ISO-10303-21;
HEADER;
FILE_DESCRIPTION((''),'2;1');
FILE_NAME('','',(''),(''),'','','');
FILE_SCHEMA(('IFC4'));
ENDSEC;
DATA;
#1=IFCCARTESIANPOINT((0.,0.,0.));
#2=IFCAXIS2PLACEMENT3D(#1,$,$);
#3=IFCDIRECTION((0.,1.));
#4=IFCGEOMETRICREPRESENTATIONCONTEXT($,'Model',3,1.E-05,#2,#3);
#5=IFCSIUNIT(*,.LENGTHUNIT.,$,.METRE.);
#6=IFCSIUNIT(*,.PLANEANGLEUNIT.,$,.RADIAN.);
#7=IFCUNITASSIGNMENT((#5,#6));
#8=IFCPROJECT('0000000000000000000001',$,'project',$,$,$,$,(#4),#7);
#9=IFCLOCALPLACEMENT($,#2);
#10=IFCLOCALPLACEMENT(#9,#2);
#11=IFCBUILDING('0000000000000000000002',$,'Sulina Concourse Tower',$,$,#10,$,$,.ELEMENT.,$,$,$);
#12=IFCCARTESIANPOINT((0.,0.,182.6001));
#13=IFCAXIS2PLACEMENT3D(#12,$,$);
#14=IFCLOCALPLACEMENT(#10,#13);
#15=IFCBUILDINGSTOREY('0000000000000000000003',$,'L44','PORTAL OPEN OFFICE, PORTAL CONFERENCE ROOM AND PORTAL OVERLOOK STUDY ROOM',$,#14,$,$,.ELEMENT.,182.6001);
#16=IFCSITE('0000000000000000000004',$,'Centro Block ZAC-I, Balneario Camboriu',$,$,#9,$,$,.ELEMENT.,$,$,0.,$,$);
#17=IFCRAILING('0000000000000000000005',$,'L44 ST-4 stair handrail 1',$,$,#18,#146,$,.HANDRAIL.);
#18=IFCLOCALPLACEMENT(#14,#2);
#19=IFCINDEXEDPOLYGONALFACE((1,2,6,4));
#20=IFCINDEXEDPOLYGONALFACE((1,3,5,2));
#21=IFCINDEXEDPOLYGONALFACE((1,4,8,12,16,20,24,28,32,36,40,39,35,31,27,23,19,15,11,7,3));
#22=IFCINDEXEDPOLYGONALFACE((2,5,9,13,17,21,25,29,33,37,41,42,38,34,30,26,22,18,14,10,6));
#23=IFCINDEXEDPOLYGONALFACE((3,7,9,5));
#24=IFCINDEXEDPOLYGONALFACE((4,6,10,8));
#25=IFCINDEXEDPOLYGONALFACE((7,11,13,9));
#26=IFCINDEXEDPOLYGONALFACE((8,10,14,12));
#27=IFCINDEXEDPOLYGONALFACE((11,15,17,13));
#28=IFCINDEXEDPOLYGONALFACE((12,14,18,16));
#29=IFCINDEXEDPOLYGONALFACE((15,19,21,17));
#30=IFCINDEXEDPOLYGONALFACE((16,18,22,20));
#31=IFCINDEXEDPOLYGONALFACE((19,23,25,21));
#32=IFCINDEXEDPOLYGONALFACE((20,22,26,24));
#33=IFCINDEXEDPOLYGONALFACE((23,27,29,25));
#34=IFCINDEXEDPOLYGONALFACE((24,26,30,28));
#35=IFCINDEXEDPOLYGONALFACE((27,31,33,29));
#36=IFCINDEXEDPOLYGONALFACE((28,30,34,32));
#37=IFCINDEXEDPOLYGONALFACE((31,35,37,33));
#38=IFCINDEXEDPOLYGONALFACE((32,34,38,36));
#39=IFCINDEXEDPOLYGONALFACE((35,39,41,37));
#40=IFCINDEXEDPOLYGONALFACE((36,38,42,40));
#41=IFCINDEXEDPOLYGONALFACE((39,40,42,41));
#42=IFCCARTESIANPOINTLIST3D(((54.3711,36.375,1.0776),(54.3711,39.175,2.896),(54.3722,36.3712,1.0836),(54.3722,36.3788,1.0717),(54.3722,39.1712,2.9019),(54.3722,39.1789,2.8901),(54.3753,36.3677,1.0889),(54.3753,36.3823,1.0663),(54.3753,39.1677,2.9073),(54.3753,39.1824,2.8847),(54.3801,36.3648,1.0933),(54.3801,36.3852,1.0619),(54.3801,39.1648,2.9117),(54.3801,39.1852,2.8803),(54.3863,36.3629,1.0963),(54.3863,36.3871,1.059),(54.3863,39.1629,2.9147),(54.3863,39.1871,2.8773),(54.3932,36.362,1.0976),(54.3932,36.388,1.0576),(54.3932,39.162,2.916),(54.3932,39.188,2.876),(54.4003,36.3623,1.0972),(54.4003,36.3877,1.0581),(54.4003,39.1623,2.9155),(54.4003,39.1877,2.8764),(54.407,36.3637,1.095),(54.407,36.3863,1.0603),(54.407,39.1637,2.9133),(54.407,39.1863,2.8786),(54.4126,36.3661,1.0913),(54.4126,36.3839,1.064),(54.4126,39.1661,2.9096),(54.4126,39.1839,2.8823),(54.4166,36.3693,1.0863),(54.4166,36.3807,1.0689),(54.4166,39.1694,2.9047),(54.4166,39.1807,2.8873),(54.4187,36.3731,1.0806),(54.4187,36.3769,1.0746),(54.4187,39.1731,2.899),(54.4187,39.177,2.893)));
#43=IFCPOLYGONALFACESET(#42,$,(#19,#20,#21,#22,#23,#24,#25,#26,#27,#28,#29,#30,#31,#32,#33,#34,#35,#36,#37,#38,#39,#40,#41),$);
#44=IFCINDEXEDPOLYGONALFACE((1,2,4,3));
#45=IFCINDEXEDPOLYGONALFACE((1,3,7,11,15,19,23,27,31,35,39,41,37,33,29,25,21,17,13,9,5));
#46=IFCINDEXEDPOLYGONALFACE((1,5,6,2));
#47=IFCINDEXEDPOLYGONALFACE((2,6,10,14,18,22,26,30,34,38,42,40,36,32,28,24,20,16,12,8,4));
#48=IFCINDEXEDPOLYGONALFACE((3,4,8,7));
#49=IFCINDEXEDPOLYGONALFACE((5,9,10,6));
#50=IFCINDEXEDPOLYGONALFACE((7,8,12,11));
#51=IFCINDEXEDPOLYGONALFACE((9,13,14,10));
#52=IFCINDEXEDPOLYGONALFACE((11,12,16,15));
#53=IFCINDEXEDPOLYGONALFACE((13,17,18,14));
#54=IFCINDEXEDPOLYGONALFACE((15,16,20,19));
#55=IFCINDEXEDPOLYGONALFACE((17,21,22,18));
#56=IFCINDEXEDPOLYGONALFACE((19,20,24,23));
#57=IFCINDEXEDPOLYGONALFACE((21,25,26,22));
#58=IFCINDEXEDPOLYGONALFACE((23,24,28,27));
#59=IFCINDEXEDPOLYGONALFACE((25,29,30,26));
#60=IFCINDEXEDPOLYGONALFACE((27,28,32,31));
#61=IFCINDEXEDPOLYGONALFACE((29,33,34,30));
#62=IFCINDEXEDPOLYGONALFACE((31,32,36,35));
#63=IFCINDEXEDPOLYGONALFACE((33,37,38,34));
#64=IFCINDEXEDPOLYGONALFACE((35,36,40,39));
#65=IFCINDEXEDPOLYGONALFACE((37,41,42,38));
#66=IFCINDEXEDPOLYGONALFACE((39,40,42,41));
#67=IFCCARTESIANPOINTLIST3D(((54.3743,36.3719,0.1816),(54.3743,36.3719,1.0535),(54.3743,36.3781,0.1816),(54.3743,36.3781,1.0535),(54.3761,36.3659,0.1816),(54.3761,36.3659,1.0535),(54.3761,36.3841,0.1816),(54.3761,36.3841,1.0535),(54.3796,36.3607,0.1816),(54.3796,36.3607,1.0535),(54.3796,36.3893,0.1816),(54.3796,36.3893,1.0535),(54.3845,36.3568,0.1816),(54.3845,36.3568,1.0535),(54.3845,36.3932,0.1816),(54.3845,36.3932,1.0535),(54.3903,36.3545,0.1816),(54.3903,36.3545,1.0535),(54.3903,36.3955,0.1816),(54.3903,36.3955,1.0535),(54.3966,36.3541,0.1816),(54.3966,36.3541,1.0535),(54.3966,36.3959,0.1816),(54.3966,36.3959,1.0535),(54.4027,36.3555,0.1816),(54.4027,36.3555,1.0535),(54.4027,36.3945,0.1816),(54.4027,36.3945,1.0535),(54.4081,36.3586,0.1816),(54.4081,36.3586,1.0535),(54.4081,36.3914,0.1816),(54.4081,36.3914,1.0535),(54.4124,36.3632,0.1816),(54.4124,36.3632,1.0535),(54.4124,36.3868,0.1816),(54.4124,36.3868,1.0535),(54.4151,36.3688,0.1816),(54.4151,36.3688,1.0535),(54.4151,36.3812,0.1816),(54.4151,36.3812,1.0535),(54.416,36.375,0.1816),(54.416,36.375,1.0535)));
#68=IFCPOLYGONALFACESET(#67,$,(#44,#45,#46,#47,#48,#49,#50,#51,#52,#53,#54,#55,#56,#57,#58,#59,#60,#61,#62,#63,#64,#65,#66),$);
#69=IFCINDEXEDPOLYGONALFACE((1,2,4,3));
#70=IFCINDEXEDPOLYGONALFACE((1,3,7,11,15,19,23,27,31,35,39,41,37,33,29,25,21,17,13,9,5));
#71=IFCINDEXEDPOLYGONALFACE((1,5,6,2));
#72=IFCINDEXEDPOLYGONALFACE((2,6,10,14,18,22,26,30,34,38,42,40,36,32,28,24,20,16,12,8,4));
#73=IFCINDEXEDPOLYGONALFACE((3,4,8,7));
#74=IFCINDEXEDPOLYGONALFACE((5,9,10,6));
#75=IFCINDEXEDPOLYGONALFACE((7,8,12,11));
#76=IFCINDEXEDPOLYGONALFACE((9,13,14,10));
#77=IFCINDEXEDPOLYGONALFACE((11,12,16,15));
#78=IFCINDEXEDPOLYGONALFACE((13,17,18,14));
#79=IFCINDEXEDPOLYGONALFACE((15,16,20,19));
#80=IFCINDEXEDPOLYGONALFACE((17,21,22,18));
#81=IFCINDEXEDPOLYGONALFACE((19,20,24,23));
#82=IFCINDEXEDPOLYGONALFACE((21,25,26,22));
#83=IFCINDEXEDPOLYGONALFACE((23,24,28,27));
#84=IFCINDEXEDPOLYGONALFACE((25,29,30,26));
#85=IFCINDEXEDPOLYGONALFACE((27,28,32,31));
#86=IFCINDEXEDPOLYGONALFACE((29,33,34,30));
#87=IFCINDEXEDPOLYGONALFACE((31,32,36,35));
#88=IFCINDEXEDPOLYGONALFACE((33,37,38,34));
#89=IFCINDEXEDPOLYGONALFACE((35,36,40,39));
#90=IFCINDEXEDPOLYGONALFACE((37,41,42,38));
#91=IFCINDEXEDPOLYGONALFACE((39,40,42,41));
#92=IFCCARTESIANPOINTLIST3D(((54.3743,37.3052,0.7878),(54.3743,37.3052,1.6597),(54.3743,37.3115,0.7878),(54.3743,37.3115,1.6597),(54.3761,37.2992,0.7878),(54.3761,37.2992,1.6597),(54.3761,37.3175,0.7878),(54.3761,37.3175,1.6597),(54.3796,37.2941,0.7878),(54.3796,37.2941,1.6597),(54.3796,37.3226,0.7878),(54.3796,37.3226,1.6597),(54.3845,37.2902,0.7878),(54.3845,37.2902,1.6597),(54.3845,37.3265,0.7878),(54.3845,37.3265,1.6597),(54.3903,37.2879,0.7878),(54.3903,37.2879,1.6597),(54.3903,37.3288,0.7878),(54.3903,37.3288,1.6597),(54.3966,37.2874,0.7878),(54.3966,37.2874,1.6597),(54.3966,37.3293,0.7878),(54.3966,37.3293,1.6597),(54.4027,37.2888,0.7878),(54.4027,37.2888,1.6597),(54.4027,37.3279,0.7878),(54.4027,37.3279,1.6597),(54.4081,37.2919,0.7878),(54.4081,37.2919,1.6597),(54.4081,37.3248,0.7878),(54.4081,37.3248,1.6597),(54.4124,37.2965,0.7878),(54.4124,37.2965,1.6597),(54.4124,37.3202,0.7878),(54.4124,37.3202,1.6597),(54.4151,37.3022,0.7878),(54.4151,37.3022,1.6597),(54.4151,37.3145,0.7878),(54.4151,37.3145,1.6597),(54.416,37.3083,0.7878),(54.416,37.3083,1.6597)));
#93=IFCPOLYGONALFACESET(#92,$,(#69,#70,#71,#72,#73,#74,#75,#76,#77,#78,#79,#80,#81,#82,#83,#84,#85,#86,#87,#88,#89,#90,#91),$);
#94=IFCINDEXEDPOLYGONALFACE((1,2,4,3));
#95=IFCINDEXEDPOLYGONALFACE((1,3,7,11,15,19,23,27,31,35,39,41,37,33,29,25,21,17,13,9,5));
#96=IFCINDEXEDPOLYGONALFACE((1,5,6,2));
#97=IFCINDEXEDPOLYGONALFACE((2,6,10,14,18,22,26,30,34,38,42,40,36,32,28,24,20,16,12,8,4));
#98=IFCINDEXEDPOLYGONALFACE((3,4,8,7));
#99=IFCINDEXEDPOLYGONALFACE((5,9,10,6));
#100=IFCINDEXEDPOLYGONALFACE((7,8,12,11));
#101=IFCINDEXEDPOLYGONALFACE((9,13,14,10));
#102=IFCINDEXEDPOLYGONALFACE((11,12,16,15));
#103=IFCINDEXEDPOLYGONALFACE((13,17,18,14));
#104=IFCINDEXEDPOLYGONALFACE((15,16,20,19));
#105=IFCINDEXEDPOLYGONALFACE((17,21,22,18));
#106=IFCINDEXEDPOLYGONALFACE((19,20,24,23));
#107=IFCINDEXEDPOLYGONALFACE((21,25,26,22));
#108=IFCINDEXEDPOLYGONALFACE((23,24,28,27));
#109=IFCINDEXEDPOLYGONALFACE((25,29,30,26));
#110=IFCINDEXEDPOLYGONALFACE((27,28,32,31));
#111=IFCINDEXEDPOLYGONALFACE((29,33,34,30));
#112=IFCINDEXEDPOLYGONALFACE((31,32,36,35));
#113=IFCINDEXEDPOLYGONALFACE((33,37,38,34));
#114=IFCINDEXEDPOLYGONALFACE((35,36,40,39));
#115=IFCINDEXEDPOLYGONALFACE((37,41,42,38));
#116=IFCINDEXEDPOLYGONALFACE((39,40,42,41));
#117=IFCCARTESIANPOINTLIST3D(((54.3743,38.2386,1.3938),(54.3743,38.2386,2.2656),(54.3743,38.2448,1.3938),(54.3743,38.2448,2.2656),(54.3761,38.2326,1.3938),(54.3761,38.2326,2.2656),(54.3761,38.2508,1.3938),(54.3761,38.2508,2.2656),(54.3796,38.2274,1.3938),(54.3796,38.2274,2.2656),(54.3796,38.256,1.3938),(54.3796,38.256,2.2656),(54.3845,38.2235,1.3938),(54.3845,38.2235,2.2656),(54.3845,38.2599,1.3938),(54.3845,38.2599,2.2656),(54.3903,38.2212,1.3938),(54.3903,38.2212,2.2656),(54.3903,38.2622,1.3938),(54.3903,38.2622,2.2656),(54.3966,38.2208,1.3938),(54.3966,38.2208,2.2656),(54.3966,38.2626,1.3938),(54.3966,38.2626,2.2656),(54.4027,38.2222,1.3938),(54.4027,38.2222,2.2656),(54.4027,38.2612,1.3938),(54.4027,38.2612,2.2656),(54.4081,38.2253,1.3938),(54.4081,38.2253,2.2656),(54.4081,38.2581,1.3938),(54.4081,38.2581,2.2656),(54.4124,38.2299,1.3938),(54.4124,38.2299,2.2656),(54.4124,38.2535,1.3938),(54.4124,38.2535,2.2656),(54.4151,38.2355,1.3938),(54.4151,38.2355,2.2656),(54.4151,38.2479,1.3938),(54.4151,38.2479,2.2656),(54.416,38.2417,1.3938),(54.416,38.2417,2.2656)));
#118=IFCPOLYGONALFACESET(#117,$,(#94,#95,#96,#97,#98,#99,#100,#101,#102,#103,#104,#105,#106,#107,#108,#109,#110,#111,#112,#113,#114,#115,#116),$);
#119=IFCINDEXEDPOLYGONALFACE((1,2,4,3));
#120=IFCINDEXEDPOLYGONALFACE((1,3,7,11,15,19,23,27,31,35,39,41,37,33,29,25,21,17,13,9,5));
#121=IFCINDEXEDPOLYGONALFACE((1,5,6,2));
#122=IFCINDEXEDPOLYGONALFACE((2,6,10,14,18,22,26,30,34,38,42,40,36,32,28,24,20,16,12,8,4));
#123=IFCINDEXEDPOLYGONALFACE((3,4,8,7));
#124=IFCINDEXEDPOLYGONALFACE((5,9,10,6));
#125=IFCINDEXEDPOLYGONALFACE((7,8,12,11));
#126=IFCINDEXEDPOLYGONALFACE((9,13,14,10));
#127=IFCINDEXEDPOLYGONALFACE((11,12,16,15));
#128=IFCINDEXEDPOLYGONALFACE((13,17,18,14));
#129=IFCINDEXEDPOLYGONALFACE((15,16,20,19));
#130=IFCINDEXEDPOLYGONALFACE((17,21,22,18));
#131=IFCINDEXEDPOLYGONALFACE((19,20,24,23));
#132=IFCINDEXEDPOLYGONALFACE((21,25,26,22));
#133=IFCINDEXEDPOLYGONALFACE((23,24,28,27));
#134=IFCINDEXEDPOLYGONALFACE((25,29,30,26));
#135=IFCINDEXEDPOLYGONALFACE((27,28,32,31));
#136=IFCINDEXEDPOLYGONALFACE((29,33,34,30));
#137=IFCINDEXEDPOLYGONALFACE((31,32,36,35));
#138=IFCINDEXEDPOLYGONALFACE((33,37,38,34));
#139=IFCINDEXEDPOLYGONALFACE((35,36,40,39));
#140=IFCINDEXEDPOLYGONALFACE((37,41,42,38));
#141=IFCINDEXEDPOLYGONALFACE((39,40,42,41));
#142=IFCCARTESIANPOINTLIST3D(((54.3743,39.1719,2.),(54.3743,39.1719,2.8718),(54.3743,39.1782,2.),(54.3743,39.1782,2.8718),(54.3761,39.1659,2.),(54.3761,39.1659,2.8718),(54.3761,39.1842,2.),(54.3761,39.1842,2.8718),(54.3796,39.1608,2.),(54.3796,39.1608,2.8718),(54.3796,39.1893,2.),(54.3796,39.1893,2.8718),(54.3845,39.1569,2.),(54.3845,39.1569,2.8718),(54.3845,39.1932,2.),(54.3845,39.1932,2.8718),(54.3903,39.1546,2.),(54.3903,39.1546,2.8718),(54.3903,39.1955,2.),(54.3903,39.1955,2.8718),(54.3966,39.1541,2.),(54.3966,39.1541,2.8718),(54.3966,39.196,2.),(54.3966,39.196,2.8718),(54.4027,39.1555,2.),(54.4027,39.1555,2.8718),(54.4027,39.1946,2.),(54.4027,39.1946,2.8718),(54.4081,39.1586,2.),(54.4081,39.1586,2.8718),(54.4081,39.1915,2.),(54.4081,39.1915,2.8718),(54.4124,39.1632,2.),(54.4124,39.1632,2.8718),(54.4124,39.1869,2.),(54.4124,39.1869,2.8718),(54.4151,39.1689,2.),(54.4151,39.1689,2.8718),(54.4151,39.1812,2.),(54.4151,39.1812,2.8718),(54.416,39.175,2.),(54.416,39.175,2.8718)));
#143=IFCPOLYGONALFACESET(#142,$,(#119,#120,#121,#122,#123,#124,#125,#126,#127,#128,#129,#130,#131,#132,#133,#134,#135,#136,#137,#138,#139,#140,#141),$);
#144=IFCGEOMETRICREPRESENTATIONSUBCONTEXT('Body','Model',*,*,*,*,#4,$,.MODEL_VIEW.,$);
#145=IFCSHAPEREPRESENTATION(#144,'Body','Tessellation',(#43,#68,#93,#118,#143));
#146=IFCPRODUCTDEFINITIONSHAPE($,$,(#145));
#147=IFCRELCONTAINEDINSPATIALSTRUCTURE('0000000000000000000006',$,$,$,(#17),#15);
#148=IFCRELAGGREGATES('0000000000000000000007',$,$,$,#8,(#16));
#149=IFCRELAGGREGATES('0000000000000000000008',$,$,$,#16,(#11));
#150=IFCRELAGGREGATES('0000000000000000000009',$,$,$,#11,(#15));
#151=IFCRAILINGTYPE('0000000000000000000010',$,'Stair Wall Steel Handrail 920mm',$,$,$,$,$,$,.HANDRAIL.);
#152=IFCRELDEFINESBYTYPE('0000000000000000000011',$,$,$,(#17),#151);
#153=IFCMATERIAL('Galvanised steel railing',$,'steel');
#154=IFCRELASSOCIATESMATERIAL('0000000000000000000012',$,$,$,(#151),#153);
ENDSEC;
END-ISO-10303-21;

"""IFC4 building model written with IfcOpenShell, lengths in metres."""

from ifc_helpers import new_model, si_unit, direction, frame, origin, origin_2d, place, context, subcontext, project, spatial, circle, extrude, material, type_object, element, save


model = new_model("IFC4")

# Units and contexts
model_context = context("Model", 3, precision=1e-05, world=origin(), true_north=direction((0.0, 1.0)))
body_context = subcontext(model_context, "Body", "Model", "MODEL_VIEW")
ifc_project = project(units=[si_unit("LENGTHUNIT", "METRE"), si_unit("PLANEANGLEUNIT", "RADIAN")], contexts=[model_context])

# Site, building, storey
site_placement = place(None, origin())
site = spatial("IfcSite", under=ifc_project, at=site_placement, Name="Centro Block ZAC-I, Balneario Camboriu", CompositionType="ELEMENT", RefElevation=0.0)
building_placement = place(site_placement, origin())
building = spatial("IfcBuilding", under=site, at=building_placement, Name="Sulina Concourse Tower", CompositionType="ELEMENT")
storey_placement = place(building_placement, frame((0.0, 0.0, 182.6001)))
storey = spatial("IfcBuildingStorey", under=building, at=storey_placement, Name="L44", Description="PORTAL OPEN OFFICE, PORTAL CONFERENCE ROOM AND PORTAL OVERLOOK STUDY ROOM", CompositionType="ELEMENT", Elevation=182.6001)

# Railing
ifc_material_1 = material(Name="Galvanised steel railing", Category="steel")
railing_type_1 = type_object("IfcRailingType", Name="Stair Wall Steel Handrail 920mm", PredefinedType="HANDRAIL", material=ifc_material_1)
railing_1_placement = place(storey_placement, frame((54.395, 36.375, 0.1816)))
element("IfcRailing", 1, at=railing_1_placement, inside=storey, type_object=railing_type_1, Name="L44 ST-4 stair handrail 1", PredefinedType="HANDRAIL", context=body_context, shape_type="SweptSolid", body=[
    extrude(circle(Radius=0.0239, at=origin_2d()), frame((0.0, 0.0, 0.896), z_axis=(0.0, 0.838672, 0.544636), x_axis=(-1.0, 0.0, 0.0)), (0.0, 0.0, 1.0), 3.3386),
    extrude(circle(Radius=0.021, at=origin_2d()), origin(), (0.0, 0.0, 1.0), 0.8718),
    extrude(circle(Radius=0.021, at=origin_2d()), frame((0.0, 0.9333, 0.6062)), (0.0, 0.0, 1.0), 0.8718),
    extrude(circle(Radius=0.021, at=origin_2d()), frame((0.0, 1.8667, 1.2122)), (0.0, 0.0, 1.0), 0.8718),
    extrude(circle(Radius=0.021, at=origin_2d()), frame((0.0, 2.8, 1.8184)), (0.0, 0.0, 1.0), 0.8718),
])

save(model, "model.ifc")
